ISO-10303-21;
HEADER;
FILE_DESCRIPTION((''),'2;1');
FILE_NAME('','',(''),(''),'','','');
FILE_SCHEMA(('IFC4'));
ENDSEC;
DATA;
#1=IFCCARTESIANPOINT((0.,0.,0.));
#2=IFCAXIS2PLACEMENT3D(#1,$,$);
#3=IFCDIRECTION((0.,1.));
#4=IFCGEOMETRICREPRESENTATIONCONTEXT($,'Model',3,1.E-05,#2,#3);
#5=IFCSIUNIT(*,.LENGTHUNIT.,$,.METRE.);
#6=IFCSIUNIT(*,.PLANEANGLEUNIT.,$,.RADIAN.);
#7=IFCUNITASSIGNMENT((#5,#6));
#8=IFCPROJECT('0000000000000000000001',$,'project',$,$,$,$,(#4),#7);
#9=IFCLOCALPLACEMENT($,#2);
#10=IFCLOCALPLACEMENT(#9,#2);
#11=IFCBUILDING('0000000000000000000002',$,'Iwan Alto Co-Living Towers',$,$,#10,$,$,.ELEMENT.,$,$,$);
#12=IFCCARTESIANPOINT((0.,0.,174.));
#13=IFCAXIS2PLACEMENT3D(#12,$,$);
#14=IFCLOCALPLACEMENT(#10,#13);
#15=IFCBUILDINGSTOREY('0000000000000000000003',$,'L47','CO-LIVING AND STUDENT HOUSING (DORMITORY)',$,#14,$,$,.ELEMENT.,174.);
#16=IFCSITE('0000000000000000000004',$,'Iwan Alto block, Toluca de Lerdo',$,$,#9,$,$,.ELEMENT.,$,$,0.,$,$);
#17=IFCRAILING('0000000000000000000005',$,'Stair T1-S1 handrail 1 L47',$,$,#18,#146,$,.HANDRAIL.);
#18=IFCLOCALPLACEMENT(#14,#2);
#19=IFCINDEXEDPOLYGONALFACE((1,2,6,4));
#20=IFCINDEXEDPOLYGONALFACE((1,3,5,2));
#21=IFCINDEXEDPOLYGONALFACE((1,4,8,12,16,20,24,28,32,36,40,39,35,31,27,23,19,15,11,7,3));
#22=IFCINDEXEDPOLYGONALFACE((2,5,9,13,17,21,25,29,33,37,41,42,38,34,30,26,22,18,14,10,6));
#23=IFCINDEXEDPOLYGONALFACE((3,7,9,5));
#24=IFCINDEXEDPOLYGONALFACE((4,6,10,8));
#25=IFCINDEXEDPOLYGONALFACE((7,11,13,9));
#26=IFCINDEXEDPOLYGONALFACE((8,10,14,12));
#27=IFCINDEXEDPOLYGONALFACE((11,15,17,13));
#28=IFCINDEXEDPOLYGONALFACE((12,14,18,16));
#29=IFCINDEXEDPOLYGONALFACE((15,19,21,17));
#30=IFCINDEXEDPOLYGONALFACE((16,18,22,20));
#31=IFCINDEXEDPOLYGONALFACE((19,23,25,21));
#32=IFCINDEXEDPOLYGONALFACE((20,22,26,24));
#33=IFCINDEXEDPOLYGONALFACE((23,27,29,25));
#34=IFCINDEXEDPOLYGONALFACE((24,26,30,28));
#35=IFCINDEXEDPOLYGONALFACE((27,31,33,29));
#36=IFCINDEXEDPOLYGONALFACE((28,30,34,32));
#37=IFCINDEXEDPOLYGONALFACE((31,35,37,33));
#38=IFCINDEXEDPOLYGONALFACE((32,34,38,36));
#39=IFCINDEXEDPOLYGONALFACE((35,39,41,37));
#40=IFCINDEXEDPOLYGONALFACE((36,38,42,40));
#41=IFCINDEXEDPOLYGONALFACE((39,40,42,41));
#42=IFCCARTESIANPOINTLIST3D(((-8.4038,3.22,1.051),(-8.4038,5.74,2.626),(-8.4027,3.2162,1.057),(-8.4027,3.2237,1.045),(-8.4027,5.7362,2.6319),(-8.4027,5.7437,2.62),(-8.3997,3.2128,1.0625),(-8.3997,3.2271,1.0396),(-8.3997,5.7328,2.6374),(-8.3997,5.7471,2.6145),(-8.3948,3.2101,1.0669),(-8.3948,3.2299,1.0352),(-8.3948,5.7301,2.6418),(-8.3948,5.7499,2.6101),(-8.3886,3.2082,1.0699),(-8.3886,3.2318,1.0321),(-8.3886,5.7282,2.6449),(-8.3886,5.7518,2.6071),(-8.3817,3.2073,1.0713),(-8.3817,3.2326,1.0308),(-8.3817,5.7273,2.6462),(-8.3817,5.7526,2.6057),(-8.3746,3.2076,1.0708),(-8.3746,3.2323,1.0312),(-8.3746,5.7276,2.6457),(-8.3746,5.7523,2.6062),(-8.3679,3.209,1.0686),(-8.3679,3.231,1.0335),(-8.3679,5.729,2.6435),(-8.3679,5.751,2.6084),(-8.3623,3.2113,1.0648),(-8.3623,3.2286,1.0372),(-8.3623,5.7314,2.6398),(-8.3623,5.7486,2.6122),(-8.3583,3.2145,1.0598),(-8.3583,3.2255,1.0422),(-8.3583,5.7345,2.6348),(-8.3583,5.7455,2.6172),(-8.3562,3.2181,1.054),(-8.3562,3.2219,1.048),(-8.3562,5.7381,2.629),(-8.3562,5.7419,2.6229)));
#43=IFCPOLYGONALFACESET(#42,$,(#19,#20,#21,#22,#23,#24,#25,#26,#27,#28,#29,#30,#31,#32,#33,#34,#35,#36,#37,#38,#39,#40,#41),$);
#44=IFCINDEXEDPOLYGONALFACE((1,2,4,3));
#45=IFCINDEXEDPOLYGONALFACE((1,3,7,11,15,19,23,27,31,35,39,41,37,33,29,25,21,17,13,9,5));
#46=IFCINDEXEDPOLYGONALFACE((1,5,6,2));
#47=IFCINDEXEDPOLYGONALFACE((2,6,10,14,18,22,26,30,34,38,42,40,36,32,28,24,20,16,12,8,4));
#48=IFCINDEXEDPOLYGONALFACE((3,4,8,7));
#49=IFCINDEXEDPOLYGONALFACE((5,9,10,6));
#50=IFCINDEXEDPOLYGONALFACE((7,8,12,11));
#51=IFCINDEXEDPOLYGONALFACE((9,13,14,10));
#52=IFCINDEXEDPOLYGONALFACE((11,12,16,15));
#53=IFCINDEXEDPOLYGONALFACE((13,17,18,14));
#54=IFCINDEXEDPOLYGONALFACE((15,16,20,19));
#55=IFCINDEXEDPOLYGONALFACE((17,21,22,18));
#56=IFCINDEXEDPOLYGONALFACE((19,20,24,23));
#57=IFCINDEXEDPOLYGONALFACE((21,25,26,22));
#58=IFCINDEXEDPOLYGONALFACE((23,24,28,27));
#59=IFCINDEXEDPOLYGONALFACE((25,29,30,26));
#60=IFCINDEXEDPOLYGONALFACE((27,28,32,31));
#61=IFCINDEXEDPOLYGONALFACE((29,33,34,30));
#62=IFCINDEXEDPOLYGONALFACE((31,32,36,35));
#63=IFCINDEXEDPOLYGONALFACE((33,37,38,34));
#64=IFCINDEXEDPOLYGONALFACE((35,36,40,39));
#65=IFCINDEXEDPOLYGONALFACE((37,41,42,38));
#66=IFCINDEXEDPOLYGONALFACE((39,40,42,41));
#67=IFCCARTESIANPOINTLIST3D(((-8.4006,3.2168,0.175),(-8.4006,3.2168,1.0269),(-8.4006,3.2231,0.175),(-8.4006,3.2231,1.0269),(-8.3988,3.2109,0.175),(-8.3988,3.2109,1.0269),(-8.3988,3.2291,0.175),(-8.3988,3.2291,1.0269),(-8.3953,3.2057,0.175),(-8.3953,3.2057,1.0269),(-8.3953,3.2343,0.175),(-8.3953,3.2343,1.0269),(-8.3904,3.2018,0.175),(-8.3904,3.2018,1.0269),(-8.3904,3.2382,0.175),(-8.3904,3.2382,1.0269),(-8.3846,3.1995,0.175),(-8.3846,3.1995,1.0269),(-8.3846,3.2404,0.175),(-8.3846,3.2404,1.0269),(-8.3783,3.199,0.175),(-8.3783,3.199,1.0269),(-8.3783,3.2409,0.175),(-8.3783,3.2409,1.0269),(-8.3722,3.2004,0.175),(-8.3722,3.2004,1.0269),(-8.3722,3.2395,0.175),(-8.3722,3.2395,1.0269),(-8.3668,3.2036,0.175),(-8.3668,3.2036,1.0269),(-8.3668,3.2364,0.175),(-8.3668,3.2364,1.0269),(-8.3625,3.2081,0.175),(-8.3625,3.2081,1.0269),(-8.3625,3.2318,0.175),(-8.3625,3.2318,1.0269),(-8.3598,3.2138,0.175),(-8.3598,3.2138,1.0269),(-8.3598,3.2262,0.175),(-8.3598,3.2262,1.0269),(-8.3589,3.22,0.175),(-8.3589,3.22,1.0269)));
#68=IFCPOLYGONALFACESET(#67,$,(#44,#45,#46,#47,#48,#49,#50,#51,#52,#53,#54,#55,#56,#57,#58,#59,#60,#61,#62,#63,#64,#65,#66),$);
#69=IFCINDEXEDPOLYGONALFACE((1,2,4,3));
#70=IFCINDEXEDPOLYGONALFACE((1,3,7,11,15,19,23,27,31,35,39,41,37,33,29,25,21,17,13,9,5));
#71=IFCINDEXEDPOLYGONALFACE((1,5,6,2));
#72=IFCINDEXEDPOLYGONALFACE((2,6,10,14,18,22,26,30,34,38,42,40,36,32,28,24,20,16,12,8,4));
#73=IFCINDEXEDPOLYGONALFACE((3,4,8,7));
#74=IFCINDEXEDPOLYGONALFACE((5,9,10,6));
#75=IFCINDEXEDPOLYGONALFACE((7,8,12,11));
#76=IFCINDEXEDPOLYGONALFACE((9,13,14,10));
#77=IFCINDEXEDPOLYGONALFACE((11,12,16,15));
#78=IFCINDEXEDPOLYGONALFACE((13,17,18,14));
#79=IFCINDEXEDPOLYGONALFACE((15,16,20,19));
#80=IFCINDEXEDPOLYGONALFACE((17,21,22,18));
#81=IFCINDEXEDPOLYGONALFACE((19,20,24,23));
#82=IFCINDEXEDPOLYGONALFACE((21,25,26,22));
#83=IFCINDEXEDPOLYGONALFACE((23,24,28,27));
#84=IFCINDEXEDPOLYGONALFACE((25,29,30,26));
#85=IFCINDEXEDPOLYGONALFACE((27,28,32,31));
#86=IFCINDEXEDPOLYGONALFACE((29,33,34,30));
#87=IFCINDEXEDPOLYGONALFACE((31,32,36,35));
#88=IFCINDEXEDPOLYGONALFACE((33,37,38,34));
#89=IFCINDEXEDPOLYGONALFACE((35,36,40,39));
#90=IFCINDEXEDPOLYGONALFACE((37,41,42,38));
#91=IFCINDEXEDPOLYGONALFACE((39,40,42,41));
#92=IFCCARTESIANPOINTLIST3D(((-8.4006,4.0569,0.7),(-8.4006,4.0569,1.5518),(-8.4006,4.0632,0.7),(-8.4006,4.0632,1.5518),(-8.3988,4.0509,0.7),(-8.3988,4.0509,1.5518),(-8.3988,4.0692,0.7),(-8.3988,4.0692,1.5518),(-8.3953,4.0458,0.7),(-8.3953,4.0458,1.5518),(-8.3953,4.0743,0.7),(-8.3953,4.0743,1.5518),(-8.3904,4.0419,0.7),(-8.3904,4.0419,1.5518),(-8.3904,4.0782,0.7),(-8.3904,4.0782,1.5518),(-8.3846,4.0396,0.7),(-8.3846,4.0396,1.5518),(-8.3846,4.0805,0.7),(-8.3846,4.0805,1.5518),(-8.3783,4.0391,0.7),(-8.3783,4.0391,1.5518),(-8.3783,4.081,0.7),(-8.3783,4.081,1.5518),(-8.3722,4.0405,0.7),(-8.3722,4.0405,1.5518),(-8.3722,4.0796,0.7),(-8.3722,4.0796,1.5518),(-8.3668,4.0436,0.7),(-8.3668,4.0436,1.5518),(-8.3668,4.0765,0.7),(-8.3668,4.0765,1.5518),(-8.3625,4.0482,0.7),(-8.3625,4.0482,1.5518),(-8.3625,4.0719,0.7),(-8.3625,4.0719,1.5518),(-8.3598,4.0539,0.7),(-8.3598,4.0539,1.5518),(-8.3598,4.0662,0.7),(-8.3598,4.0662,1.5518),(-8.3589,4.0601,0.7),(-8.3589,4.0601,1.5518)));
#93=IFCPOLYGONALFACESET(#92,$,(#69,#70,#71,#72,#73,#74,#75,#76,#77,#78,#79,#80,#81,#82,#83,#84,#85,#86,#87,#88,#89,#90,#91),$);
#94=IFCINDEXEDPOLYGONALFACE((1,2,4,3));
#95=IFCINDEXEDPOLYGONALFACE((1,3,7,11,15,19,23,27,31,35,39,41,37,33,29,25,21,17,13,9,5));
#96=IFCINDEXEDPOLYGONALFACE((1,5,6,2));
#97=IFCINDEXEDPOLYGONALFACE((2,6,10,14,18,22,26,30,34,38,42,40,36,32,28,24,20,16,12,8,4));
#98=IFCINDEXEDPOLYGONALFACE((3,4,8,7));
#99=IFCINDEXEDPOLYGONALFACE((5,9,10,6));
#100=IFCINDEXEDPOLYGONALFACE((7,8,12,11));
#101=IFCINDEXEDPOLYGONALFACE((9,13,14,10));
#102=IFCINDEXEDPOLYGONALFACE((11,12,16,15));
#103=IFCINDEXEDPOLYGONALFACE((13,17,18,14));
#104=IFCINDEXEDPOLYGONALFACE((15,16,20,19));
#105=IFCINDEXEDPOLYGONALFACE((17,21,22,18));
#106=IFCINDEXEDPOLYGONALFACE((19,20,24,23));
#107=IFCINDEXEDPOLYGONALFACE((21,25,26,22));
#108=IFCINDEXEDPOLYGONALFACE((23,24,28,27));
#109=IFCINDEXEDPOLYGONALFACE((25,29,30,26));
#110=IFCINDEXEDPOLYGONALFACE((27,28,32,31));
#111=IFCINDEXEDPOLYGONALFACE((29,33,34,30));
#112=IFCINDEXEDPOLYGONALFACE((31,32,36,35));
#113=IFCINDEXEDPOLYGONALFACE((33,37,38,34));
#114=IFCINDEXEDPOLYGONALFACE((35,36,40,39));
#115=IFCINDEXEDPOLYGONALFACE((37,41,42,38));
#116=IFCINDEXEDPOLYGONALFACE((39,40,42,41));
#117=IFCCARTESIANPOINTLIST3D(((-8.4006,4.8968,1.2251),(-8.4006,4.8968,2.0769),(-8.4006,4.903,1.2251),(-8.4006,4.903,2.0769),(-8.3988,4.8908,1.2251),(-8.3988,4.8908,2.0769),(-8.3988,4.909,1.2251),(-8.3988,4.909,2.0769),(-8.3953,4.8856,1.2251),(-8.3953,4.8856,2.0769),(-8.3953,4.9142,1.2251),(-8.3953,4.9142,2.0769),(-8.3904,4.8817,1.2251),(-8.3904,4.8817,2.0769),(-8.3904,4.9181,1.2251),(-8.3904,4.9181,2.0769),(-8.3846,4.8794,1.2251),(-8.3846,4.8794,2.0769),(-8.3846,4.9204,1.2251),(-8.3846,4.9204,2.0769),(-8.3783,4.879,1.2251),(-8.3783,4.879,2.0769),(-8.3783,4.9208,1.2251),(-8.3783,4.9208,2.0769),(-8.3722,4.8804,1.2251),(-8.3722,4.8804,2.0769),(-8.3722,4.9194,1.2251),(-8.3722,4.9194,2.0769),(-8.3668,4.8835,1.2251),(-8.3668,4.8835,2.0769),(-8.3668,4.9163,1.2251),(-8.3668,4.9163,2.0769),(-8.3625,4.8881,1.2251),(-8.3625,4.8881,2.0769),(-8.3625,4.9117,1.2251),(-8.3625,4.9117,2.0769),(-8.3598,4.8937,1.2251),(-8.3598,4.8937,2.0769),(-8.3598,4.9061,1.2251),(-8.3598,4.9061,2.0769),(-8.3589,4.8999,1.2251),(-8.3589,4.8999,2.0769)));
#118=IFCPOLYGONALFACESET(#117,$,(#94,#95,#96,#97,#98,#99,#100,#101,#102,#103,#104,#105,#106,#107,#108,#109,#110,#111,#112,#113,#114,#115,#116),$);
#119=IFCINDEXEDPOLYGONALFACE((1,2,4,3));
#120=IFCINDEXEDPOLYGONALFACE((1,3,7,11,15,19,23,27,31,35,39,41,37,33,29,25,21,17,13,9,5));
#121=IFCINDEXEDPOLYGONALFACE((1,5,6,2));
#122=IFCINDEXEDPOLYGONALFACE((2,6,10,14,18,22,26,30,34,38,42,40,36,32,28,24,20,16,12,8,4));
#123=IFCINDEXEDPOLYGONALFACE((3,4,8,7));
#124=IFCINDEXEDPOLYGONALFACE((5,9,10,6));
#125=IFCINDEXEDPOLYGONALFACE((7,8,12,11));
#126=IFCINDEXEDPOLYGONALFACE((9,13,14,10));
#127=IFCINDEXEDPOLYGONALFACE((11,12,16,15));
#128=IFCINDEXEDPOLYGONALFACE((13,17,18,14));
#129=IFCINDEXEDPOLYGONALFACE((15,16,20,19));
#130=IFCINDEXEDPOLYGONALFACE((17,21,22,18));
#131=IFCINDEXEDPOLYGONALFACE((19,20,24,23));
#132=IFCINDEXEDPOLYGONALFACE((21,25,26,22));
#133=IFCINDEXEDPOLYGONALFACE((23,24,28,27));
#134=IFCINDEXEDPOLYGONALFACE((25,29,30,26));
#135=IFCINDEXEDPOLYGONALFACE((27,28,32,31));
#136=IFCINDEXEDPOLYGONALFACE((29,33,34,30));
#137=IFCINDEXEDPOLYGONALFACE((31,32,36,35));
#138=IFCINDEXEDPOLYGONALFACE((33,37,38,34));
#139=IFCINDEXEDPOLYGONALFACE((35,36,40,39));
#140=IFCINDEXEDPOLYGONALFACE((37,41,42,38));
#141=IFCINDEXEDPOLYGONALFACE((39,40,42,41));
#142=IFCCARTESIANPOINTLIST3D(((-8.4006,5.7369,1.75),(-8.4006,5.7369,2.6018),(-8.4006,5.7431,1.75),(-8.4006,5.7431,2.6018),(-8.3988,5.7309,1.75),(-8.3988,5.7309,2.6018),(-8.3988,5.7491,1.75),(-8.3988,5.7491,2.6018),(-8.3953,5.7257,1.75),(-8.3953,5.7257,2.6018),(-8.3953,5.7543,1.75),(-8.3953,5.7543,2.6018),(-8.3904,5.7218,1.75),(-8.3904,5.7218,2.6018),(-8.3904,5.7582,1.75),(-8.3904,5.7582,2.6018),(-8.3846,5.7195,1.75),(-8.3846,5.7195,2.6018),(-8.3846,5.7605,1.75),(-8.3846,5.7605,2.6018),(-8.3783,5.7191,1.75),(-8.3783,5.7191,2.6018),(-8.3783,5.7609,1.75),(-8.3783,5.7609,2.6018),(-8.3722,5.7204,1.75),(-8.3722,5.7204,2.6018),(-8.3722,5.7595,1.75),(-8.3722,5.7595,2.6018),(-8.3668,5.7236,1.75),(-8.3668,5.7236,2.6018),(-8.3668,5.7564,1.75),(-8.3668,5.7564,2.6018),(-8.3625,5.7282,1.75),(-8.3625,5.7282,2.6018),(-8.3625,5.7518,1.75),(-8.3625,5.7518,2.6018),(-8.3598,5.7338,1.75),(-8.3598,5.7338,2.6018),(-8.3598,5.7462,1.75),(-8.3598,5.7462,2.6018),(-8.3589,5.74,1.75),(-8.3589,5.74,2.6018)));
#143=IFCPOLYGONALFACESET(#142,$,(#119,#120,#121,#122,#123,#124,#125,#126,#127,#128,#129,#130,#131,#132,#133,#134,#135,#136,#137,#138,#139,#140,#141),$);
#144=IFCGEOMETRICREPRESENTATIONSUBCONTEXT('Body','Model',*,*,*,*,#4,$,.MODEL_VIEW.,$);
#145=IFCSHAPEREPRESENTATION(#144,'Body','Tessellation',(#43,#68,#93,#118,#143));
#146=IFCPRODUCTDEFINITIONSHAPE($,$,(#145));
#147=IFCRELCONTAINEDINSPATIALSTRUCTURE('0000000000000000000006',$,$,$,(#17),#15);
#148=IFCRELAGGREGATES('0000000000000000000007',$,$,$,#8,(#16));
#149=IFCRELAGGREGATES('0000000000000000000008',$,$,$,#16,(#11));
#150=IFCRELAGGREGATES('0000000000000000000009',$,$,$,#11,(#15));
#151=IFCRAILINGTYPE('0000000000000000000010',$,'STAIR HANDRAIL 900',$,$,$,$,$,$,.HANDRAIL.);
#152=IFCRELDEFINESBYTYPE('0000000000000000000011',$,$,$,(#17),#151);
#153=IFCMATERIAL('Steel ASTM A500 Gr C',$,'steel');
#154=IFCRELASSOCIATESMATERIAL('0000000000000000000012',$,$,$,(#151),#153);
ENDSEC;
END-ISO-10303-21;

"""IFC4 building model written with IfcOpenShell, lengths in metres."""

from ifc_helpers import new_model, si_unit, direction, frame, origin, origin_2d, place, context, subcontext, project, spatial, circle, extrude, material, type_object, element, save


model = new_model("IFC4")

# Units and contexts
model_context = context("Model", 3, precision=1e-05, world=origin(), true_north=direction((0.0, 1.0)))
body_context = subcontext(model_context, "Body", "Model", "MODEL_VIEW")
ifc_project = project(units=[si_unit("LENGTHUNIT", "METRE"), si_unit("PLANEANGLEUNIT", "RADIAN")], contexts=[model_context])

# Site, building, storey
site_placement = place(None, origin())
site = spatial("IfcSite", under=ifc_project, at=site_placement, Name="Iwan Alto block, Toluca de Lerdo", CompositionType="ELEMENT", RefElevation=0.0)
building_placement = place(site_placement, origin())
building = spatial("IfcBuilding", under=site, at=building_placement, Name="Iwan Alto Co-Living Towers", CompositionType="ELEMENT")
storey_placement = place(building_placement, frame((0.0, 0.0, 174.0)))
storey = spatial("IfcBuildingStorey", under=building, at=storey_placement, Name="L47", Description="CO-LIVING AND STUDENT HOUSING (DORMITORY)", CompositionType="ELEMENT", Elevation=174.0)

# Railing
ifc_material_1 = material(Name="Steel ASTM A500 Gr C", Category="steel")
railing_type_1 = type_object("IfcRailingType", Name="STAIR HANDRAIL 900", PredefinedType="HANDRAIL", material=ifc_material_1)
railing_1_placement = place(storey_placement, frame((-8.3799, 3.22, 0.175)))
element("IfcRailing", 1, at=railing_1_placement, inside=storey, type_object=railing_type_1, Name="Stair T1-S1 handrail 1 L47", PredefinedType="HANDRAIL", context=body_context, shape_type="SweptSolid", body=[
    extrude(circle(Radius=0.0239, at=origin_2d()), frame((0.0, 0.0, 0.876), z_axis=(0.0, 0.848008, 0.529984), x_axis=(-1.0, 0.0, 0.0)), (0.0, 0.0, 1.0), 2.9717),
    extrude(circle(Radius=0.021, at=origin_2d()), origin(), (0.0, 0.0, 1.0), 0.8518),
    extrude(circle(Radius=0.021, at=origin_2d()), frame((0.0, 0.8401, 0.5249)), (0.0, 0.0, 1.0), 0.8518),
    extrude(circle(Radius=0.021, at=origin_2d()), frame((0.0, 1.6799, 1.05)), (0.0, 0.0, 1.0), 0.8518),
    extrude(circle(Radius=0.021, at=origin_2d()), frame((0.0, 2.52, 1.575)), (0.0, 0.0, 1.0), 0.8518),
])

save(model, "model.ifc")
